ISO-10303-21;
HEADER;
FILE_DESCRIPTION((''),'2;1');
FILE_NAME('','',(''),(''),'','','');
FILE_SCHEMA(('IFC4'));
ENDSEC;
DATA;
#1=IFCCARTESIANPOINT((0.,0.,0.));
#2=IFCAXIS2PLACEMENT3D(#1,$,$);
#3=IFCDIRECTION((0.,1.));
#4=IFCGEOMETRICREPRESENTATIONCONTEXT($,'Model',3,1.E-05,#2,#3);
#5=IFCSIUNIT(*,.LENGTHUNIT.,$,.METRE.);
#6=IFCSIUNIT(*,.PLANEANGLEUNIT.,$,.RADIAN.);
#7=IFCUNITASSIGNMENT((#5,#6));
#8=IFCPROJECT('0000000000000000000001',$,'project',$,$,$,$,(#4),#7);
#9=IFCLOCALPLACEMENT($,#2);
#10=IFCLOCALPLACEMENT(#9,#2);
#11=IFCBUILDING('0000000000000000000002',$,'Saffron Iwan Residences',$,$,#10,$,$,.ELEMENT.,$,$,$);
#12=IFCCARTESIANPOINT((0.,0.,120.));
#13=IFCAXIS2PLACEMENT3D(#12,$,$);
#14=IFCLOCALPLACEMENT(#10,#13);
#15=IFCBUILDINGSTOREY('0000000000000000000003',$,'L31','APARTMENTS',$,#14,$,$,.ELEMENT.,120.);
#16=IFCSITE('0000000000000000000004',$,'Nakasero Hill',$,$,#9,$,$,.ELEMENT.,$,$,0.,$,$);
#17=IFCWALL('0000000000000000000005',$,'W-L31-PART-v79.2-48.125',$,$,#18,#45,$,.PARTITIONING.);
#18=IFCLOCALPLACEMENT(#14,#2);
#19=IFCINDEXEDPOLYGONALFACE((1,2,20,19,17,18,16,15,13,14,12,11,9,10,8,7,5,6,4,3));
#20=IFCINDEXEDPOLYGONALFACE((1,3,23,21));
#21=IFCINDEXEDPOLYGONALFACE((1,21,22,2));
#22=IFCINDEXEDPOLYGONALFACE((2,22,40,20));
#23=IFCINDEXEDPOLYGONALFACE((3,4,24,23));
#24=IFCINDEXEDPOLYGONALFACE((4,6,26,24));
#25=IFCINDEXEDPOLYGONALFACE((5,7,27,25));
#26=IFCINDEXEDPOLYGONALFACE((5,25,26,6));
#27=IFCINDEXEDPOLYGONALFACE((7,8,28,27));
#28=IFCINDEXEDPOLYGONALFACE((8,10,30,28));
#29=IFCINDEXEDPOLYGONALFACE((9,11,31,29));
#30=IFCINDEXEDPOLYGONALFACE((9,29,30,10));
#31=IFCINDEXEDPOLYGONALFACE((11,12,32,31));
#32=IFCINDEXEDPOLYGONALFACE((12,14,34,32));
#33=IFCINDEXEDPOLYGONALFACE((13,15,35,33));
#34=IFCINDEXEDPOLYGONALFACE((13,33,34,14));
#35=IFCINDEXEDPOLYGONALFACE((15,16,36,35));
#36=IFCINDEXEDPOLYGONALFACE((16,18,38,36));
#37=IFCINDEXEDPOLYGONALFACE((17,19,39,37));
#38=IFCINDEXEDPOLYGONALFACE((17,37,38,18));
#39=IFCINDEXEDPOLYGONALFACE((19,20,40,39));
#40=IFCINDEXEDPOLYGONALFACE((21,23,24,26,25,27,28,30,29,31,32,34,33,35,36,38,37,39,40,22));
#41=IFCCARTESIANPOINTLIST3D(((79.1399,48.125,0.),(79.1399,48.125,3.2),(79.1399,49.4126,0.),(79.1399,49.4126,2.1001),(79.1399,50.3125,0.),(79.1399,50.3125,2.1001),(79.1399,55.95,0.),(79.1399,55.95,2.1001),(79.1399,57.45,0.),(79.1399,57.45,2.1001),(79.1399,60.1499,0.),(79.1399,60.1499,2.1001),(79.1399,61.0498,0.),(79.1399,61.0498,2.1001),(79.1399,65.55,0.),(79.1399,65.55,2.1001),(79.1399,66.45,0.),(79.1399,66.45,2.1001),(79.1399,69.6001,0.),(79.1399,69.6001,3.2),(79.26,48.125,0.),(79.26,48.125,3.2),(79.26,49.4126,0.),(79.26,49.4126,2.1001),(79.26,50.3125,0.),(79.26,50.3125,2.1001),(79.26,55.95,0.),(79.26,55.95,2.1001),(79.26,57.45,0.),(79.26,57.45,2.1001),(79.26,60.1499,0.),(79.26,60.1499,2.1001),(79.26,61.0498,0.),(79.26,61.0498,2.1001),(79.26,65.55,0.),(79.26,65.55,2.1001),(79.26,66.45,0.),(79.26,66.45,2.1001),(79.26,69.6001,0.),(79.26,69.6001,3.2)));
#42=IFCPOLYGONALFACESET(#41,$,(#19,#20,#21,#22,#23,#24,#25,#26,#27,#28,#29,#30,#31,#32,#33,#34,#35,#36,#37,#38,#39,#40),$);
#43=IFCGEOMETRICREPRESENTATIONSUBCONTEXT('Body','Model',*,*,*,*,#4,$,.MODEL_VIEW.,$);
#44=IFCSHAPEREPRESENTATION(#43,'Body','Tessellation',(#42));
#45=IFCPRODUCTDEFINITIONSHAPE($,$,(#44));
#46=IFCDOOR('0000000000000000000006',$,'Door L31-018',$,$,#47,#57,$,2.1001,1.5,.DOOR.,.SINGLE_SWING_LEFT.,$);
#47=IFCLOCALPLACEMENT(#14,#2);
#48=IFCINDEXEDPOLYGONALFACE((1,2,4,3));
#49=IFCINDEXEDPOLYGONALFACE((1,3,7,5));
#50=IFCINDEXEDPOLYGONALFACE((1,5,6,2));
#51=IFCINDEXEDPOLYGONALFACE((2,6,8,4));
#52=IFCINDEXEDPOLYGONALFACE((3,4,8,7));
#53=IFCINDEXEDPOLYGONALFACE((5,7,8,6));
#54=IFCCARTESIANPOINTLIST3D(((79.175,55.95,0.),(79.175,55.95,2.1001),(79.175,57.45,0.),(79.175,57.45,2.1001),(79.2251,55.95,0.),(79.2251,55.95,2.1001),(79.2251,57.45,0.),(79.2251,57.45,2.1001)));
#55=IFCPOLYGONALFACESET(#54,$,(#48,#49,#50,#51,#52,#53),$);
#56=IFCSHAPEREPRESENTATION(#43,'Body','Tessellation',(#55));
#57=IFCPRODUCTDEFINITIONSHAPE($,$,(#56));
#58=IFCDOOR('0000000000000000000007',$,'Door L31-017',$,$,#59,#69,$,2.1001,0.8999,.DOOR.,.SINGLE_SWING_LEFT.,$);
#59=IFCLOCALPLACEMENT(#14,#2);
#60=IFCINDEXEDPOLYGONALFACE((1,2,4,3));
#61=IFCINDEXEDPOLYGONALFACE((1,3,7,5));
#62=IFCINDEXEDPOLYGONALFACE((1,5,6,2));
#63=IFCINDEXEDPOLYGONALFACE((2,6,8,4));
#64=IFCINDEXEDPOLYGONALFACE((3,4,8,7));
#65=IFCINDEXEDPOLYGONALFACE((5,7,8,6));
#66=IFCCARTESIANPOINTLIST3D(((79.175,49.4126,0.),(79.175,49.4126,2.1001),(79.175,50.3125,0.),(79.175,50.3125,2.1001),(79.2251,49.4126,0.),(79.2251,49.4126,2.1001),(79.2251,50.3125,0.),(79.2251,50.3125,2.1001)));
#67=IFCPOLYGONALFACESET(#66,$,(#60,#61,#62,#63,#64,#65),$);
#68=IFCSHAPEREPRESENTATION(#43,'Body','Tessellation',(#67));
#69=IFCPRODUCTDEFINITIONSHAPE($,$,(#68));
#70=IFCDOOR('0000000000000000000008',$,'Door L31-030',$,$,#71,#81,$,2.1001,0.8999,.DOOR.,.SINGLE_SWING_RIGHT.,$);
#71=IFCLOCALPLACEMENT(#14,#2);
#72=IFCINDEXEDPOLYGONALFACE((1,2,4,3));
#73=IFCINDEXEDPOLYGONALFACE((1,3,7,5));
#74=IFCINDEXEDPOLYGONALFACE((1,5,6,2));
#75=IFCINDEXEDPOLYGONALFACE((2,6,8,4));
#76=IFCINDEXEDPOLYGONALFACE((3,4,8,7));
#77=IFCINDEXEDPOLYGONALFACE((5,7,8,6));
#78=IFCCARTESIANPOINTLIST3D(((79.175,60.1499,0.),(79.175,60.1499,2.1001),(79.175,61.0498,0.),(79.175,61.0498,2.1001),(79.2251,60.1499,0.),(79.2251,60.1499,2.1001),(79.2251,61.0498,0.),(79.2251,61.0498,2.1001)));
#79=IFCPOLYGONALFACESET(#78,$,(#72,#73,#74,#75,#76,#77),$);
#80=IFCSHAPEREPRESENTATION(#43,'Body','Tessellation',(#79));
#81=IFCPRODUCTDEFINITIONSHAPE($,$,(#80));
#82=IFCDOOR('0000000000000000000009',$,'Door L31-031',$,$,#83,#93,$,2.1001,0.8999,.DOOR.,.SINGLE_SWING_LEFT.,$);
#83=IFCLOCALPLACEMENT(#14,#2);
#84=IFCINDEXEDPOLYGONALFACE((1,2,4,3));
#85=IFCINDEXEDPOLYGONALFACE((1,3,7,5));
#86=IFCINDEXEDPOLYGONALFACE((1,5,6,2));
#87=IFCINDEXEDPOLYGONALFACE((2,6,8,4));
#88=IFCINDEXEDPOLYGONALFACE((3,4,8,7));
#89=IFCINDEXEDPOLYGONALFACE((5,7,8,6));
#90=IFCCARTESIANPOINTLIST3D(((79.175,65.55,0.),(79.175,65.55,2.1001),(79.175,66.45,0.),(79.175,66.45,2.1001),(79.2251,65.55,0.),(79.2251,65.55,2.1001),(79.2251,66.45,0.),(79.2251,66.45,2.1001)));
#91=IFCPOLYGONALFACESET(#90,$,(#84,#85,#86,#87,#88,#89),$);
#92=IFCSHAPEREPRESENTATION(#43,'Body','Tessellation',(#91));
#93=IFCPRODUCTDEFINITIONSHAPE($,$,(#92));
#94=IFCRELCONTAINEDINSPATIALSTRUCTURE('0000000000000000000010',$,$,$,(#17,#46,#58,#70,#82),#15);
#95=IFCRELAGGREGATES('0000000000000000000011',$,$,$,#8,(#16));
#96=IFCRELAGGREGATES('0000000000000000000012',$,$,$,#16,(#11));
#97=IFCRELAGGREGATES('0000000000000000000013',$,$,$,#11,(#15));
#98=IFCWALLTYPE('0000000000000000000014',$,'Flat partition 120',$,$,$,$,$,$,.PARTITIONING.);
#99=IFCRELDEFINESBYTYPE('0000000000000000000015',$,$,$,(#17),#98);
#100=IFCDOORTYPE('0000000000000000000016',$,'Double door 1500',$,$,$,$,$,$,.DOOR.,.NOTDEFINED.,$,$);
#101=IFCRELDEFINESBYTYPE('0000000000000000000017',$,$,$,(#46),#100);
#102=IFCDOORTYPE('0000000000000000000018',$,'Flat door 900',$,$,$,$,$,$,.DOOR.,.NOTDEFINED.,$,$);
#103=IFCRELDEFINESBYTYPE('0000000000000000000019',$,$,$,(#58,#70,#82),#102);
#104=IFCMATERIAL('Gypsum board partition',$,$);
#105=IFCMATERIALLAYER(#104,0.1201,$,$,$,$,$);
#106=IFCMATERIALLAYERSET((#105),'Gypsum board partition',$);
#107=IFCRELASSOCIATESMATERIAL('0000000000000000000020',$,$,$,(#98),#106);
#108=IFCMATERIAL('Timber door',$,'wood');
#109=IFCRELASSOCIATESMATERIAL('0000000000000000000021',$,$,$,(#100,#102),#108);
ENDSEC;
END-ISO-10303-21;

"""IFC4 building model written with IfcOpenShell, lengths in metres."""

from ifc_helpers import new_model, si_unit, direction, frame, frame_2d, origin, place, context, subcontext, project, spatial, rectangle, extrude, material, layer, layer_set, type_object, element, fill, save


model = new_model("IFC4")

# Units and contexts
model_context = context("Model", 3, precision=1e-05, world=origin(), true_north=direction((0.0, 1.0)))
body_context = subcontext(model_context, "Body", "Model", "MODEL_VIEW")
ifc_project = project(units=[si_unit("LENGTHUNIT", "METRE"), si_unit("PLANEANGLEUNIT", "RADIAN")], contexts=[model_context])

# Site, building, storey
site_placement = place(None, origin())
site = spatial("IfcSite", under=ifc_project, at=site_placement, Name="Nakasero Hill", CompositionType="ELEMENT", RefElevation=0.0)
building_placement = place(site_placement, origin())
building = spatial("IfcBuilding", under=site, at=building_placement, Name="Saffron Iwan Residences", CompositionType="ELEMENT")
storey_placement = place(building_placement, frame((0.0, 0.0, 120.0)))
storey = spatial("IfcBuildingStorey", under=building, at=storey_placement, Name="L31", Description="APARTMENTS", CompositionType="ELEMENT", Elevation=120.0)

# Shared definitions
ifc_material_1 = material(Name="Gypsum board partition")
ifc_layer_1 = layer(ifc_material_1, 0.1201)
ifc_layer_set_1 = layer_set([ifc_layer_1], Name="Gypsum board partition")
wall_type_1 = type_object("IfcWallType", Name="Flat partition 120", PredefinedType="PARTITIONING", material=ifc_layer_set_1)

# Wall, openings, doors
wall_1_placement = place(storey_placement, frame((79.2, 48.125, 0.0), z_axis=(0.0, 0.0, 1.0), x_axis=(0.0, 1.0, 0.0)))
wall_1 = element("IfcWall", 1, at=wall_1_placement, inside=storey, type_object=wall_type_1, Name="W-L31-PART-v79.2-48.125", PredefinedType="PARTITIONING", context=body_context, shape_type="SweptSolid", body=[
    extrude(rectangle(XDim=21.4751, YDim=0.1201, at=frame_2d((10.7375, 0.0))), origin(), (0.0, 0.0, 1.0), 3.2),
])
opening_1_placement = place(wall_1_placement, frame((1.2876, 0.0, 0.0)))
opening_1 = element("IfcOpeningElement", 2, at=opening_1_placement, cuts=wall_1, PredefinedType="OPENING", context=body_context, shape_type="SweptSolid", body=[
    extrude(rectangle(XDim=0.8999, YDim=2.1001, at=frame_2d((0.45, 1.05))), frame((0.0, 0.0701, 0.0), z_axis=(0.0, -1.0, 0.0), x_axis=(1.0, 0.0, 0.0)), (0.0, 0.0, 1.0), 0.1401),
])
opening_2_placement = place(wall_1_placement, frame((7.825, 0.0, 0.0)))
opening_2 = element("IfcOpeningElement", 3, at=opening_2_placement, cuts=wall_1, PredefinedType="OPENING", context=body_context, shape_type="SweptSolid", body=[
    extrude(rectangle(XDim=1.5, YDim=2.1001, at=frame_2d((0.75, 1.05))), frame((0.0, 0.0701, 0.0), z_axis=(0.0, -1.0, 0.0), x_axis=(1.0, 0.0, 0.0)), (0.0, 0.0, 1.0), 0.1401),
])
opening_3_placement = place(wall_1_placement, frame((12.0249, 0.0, 0.0)))
opening_3 = element("IfcOpeningElement", 4, at=opening_3_placement, cuts=wall_1, PredefinedType="OPENING", context=body_context, shape_type="SweptSolid", body=[
    extrude(rectangle(XDim=0.8999, YDim=2.1001, at=frame_2d((0.45, 1.05))), frame((0.0, 0.0701, 0.0), z_axis=(0.0, -1.0, 0.0), x_axis=(1.0, 0.0, 0.0)), (0.0, 0.0, 1.0), 0.1401),
])
opening_4_placement = place(wall_1_placement, frame((17.425, 0.0, 0.0)))
opening_4 = element("IfcOpeningElement", 5, at=opening_4_placement, cuts=wall_1, PredefinedType="OPENING", context=body_context, shape_type="SweptSolid", body=[
    extrude(rectangle(XDim=0.8999, YDim=2.1001, at=frame_2d((0.45, 1.05))), frame((0.0, 0.0701, 0.0), z_axis=(0.0, -1.0, 0.0), x_axis=(1.0, 0.0, 0.0)), (0.0, 0.0, 1.0), 0.1401),
])
ifc_material_2 = material(Name="Timber door", Category="wood")
door_type_1 = type_object("IfcDoorType", Name="Double door 1500", OperationType="NOTDEFINED", PredefinedType="DOOR", material=ifc_material_2)
door_1_placement = place(opening_2_placement, origin())
door_1 = element("IfcDoor", 6, at=door_1_placement, inside=storey, type_object=door_type_1, Name="Door L31-018", OperationType="SINGLE_SWING_LEFT", OverallHeight=2.1001, OverallWidth=1.5, PredefinedType="DOOR", context=body_context, shape_type="SweptSolid", body=[
    extrude(rectangle(XDim=1.5, YDim=2.1001, at=frame_2d((0.75, 1.05))), frame((0.0, 0.0249, 0.0), z_axis=(0.0, -1.0, 0.0), x_axis=(1.0, 0.0, 0.0)), (0.0, 0.0, 1.0), 0.05),
])
fill(opening_2, door_1)
door_type_2 = type_object("IfcDoorType", Name="Flat door 900", OperationType="NOTDEFINED", PredefinedType="DOOR", material=ifc_material_2)
door_2_placement = place(opening_1_placement, origin())
door_2 = element("IfcDoor", 7, at=door_2_placement, inside=storey, type_object=door_type_2, Name="Door L31-017", OperationType="SINGLE_SWING_LEFT", OverallHeight=2.1001, OverallWidth=0.8999, PredefinedType="DOOR", context=body_context, shape_type="SweptSolid", body=[
    extrude(rectangle(XDim=0.8999, YDim=2.1001, at=frame_2d((0.45, 1.05))), frame((0.0, 0.0249, 0.0), z_axis=(0.0, -1.0, 0.0), x_axis=(1.0, 0.0, 0.0)), (0.0, 0.0, 1.0), 0.05),
])
fill(opening_1, door_2)
door_3_placement = place(opening_3_placement, origin())
door_3 = element("IfcDoor", 8, at=door_3_placement, inside=storey, type_object=door_type_2, Name="Door L31-030", OperationType="SINGLE_SWING_RIGHT", OverallHeight=2.1001, OverallWidth=0.8999, PredefinedType="DOOR", context=body_context, shape_type="SweptSolid", body=[
    extrude(rectangle(XDim=0.8999, YDim=2.1001, at=frame_2d((0.45, 1.05))), frame((0.0, 0.0249, 0.0), z_axis=(0.0, -1.0, 0.0), x_axis=(1.0, 0.0, 0.0)), (0.0, 0.0, 1.0), 0.05),
])
fill(opening_3, door_3)
door_4_placement = place(opening_4_placement, origin())
door_4 = element("IfcDoor", 9, at=door_4_placement, inside=storey, type_object=door_type_2, Name="Door L31-031", OperationType="SINGLE_SWING_LEFT", OverallHeight=2.1001, OverallWidth=0.8999, PredefinedType="DOOR", context=body_context, shape_type="SweptSolid", body=[
    extrude(rectangle(XDim=0.8999, YDim=2.1001, at=frame_2d((0.45, 1.05))), frame((0.0, 0.0249, 0.0), z_axis=(0.0, -1.0, 0.0), x_axis=(1.0, 0.0, 0.0)), (0.0, 0.0, 1.0), 0.05),
])
fill(opening_4, door_4)

save(model, "model.ifc")
